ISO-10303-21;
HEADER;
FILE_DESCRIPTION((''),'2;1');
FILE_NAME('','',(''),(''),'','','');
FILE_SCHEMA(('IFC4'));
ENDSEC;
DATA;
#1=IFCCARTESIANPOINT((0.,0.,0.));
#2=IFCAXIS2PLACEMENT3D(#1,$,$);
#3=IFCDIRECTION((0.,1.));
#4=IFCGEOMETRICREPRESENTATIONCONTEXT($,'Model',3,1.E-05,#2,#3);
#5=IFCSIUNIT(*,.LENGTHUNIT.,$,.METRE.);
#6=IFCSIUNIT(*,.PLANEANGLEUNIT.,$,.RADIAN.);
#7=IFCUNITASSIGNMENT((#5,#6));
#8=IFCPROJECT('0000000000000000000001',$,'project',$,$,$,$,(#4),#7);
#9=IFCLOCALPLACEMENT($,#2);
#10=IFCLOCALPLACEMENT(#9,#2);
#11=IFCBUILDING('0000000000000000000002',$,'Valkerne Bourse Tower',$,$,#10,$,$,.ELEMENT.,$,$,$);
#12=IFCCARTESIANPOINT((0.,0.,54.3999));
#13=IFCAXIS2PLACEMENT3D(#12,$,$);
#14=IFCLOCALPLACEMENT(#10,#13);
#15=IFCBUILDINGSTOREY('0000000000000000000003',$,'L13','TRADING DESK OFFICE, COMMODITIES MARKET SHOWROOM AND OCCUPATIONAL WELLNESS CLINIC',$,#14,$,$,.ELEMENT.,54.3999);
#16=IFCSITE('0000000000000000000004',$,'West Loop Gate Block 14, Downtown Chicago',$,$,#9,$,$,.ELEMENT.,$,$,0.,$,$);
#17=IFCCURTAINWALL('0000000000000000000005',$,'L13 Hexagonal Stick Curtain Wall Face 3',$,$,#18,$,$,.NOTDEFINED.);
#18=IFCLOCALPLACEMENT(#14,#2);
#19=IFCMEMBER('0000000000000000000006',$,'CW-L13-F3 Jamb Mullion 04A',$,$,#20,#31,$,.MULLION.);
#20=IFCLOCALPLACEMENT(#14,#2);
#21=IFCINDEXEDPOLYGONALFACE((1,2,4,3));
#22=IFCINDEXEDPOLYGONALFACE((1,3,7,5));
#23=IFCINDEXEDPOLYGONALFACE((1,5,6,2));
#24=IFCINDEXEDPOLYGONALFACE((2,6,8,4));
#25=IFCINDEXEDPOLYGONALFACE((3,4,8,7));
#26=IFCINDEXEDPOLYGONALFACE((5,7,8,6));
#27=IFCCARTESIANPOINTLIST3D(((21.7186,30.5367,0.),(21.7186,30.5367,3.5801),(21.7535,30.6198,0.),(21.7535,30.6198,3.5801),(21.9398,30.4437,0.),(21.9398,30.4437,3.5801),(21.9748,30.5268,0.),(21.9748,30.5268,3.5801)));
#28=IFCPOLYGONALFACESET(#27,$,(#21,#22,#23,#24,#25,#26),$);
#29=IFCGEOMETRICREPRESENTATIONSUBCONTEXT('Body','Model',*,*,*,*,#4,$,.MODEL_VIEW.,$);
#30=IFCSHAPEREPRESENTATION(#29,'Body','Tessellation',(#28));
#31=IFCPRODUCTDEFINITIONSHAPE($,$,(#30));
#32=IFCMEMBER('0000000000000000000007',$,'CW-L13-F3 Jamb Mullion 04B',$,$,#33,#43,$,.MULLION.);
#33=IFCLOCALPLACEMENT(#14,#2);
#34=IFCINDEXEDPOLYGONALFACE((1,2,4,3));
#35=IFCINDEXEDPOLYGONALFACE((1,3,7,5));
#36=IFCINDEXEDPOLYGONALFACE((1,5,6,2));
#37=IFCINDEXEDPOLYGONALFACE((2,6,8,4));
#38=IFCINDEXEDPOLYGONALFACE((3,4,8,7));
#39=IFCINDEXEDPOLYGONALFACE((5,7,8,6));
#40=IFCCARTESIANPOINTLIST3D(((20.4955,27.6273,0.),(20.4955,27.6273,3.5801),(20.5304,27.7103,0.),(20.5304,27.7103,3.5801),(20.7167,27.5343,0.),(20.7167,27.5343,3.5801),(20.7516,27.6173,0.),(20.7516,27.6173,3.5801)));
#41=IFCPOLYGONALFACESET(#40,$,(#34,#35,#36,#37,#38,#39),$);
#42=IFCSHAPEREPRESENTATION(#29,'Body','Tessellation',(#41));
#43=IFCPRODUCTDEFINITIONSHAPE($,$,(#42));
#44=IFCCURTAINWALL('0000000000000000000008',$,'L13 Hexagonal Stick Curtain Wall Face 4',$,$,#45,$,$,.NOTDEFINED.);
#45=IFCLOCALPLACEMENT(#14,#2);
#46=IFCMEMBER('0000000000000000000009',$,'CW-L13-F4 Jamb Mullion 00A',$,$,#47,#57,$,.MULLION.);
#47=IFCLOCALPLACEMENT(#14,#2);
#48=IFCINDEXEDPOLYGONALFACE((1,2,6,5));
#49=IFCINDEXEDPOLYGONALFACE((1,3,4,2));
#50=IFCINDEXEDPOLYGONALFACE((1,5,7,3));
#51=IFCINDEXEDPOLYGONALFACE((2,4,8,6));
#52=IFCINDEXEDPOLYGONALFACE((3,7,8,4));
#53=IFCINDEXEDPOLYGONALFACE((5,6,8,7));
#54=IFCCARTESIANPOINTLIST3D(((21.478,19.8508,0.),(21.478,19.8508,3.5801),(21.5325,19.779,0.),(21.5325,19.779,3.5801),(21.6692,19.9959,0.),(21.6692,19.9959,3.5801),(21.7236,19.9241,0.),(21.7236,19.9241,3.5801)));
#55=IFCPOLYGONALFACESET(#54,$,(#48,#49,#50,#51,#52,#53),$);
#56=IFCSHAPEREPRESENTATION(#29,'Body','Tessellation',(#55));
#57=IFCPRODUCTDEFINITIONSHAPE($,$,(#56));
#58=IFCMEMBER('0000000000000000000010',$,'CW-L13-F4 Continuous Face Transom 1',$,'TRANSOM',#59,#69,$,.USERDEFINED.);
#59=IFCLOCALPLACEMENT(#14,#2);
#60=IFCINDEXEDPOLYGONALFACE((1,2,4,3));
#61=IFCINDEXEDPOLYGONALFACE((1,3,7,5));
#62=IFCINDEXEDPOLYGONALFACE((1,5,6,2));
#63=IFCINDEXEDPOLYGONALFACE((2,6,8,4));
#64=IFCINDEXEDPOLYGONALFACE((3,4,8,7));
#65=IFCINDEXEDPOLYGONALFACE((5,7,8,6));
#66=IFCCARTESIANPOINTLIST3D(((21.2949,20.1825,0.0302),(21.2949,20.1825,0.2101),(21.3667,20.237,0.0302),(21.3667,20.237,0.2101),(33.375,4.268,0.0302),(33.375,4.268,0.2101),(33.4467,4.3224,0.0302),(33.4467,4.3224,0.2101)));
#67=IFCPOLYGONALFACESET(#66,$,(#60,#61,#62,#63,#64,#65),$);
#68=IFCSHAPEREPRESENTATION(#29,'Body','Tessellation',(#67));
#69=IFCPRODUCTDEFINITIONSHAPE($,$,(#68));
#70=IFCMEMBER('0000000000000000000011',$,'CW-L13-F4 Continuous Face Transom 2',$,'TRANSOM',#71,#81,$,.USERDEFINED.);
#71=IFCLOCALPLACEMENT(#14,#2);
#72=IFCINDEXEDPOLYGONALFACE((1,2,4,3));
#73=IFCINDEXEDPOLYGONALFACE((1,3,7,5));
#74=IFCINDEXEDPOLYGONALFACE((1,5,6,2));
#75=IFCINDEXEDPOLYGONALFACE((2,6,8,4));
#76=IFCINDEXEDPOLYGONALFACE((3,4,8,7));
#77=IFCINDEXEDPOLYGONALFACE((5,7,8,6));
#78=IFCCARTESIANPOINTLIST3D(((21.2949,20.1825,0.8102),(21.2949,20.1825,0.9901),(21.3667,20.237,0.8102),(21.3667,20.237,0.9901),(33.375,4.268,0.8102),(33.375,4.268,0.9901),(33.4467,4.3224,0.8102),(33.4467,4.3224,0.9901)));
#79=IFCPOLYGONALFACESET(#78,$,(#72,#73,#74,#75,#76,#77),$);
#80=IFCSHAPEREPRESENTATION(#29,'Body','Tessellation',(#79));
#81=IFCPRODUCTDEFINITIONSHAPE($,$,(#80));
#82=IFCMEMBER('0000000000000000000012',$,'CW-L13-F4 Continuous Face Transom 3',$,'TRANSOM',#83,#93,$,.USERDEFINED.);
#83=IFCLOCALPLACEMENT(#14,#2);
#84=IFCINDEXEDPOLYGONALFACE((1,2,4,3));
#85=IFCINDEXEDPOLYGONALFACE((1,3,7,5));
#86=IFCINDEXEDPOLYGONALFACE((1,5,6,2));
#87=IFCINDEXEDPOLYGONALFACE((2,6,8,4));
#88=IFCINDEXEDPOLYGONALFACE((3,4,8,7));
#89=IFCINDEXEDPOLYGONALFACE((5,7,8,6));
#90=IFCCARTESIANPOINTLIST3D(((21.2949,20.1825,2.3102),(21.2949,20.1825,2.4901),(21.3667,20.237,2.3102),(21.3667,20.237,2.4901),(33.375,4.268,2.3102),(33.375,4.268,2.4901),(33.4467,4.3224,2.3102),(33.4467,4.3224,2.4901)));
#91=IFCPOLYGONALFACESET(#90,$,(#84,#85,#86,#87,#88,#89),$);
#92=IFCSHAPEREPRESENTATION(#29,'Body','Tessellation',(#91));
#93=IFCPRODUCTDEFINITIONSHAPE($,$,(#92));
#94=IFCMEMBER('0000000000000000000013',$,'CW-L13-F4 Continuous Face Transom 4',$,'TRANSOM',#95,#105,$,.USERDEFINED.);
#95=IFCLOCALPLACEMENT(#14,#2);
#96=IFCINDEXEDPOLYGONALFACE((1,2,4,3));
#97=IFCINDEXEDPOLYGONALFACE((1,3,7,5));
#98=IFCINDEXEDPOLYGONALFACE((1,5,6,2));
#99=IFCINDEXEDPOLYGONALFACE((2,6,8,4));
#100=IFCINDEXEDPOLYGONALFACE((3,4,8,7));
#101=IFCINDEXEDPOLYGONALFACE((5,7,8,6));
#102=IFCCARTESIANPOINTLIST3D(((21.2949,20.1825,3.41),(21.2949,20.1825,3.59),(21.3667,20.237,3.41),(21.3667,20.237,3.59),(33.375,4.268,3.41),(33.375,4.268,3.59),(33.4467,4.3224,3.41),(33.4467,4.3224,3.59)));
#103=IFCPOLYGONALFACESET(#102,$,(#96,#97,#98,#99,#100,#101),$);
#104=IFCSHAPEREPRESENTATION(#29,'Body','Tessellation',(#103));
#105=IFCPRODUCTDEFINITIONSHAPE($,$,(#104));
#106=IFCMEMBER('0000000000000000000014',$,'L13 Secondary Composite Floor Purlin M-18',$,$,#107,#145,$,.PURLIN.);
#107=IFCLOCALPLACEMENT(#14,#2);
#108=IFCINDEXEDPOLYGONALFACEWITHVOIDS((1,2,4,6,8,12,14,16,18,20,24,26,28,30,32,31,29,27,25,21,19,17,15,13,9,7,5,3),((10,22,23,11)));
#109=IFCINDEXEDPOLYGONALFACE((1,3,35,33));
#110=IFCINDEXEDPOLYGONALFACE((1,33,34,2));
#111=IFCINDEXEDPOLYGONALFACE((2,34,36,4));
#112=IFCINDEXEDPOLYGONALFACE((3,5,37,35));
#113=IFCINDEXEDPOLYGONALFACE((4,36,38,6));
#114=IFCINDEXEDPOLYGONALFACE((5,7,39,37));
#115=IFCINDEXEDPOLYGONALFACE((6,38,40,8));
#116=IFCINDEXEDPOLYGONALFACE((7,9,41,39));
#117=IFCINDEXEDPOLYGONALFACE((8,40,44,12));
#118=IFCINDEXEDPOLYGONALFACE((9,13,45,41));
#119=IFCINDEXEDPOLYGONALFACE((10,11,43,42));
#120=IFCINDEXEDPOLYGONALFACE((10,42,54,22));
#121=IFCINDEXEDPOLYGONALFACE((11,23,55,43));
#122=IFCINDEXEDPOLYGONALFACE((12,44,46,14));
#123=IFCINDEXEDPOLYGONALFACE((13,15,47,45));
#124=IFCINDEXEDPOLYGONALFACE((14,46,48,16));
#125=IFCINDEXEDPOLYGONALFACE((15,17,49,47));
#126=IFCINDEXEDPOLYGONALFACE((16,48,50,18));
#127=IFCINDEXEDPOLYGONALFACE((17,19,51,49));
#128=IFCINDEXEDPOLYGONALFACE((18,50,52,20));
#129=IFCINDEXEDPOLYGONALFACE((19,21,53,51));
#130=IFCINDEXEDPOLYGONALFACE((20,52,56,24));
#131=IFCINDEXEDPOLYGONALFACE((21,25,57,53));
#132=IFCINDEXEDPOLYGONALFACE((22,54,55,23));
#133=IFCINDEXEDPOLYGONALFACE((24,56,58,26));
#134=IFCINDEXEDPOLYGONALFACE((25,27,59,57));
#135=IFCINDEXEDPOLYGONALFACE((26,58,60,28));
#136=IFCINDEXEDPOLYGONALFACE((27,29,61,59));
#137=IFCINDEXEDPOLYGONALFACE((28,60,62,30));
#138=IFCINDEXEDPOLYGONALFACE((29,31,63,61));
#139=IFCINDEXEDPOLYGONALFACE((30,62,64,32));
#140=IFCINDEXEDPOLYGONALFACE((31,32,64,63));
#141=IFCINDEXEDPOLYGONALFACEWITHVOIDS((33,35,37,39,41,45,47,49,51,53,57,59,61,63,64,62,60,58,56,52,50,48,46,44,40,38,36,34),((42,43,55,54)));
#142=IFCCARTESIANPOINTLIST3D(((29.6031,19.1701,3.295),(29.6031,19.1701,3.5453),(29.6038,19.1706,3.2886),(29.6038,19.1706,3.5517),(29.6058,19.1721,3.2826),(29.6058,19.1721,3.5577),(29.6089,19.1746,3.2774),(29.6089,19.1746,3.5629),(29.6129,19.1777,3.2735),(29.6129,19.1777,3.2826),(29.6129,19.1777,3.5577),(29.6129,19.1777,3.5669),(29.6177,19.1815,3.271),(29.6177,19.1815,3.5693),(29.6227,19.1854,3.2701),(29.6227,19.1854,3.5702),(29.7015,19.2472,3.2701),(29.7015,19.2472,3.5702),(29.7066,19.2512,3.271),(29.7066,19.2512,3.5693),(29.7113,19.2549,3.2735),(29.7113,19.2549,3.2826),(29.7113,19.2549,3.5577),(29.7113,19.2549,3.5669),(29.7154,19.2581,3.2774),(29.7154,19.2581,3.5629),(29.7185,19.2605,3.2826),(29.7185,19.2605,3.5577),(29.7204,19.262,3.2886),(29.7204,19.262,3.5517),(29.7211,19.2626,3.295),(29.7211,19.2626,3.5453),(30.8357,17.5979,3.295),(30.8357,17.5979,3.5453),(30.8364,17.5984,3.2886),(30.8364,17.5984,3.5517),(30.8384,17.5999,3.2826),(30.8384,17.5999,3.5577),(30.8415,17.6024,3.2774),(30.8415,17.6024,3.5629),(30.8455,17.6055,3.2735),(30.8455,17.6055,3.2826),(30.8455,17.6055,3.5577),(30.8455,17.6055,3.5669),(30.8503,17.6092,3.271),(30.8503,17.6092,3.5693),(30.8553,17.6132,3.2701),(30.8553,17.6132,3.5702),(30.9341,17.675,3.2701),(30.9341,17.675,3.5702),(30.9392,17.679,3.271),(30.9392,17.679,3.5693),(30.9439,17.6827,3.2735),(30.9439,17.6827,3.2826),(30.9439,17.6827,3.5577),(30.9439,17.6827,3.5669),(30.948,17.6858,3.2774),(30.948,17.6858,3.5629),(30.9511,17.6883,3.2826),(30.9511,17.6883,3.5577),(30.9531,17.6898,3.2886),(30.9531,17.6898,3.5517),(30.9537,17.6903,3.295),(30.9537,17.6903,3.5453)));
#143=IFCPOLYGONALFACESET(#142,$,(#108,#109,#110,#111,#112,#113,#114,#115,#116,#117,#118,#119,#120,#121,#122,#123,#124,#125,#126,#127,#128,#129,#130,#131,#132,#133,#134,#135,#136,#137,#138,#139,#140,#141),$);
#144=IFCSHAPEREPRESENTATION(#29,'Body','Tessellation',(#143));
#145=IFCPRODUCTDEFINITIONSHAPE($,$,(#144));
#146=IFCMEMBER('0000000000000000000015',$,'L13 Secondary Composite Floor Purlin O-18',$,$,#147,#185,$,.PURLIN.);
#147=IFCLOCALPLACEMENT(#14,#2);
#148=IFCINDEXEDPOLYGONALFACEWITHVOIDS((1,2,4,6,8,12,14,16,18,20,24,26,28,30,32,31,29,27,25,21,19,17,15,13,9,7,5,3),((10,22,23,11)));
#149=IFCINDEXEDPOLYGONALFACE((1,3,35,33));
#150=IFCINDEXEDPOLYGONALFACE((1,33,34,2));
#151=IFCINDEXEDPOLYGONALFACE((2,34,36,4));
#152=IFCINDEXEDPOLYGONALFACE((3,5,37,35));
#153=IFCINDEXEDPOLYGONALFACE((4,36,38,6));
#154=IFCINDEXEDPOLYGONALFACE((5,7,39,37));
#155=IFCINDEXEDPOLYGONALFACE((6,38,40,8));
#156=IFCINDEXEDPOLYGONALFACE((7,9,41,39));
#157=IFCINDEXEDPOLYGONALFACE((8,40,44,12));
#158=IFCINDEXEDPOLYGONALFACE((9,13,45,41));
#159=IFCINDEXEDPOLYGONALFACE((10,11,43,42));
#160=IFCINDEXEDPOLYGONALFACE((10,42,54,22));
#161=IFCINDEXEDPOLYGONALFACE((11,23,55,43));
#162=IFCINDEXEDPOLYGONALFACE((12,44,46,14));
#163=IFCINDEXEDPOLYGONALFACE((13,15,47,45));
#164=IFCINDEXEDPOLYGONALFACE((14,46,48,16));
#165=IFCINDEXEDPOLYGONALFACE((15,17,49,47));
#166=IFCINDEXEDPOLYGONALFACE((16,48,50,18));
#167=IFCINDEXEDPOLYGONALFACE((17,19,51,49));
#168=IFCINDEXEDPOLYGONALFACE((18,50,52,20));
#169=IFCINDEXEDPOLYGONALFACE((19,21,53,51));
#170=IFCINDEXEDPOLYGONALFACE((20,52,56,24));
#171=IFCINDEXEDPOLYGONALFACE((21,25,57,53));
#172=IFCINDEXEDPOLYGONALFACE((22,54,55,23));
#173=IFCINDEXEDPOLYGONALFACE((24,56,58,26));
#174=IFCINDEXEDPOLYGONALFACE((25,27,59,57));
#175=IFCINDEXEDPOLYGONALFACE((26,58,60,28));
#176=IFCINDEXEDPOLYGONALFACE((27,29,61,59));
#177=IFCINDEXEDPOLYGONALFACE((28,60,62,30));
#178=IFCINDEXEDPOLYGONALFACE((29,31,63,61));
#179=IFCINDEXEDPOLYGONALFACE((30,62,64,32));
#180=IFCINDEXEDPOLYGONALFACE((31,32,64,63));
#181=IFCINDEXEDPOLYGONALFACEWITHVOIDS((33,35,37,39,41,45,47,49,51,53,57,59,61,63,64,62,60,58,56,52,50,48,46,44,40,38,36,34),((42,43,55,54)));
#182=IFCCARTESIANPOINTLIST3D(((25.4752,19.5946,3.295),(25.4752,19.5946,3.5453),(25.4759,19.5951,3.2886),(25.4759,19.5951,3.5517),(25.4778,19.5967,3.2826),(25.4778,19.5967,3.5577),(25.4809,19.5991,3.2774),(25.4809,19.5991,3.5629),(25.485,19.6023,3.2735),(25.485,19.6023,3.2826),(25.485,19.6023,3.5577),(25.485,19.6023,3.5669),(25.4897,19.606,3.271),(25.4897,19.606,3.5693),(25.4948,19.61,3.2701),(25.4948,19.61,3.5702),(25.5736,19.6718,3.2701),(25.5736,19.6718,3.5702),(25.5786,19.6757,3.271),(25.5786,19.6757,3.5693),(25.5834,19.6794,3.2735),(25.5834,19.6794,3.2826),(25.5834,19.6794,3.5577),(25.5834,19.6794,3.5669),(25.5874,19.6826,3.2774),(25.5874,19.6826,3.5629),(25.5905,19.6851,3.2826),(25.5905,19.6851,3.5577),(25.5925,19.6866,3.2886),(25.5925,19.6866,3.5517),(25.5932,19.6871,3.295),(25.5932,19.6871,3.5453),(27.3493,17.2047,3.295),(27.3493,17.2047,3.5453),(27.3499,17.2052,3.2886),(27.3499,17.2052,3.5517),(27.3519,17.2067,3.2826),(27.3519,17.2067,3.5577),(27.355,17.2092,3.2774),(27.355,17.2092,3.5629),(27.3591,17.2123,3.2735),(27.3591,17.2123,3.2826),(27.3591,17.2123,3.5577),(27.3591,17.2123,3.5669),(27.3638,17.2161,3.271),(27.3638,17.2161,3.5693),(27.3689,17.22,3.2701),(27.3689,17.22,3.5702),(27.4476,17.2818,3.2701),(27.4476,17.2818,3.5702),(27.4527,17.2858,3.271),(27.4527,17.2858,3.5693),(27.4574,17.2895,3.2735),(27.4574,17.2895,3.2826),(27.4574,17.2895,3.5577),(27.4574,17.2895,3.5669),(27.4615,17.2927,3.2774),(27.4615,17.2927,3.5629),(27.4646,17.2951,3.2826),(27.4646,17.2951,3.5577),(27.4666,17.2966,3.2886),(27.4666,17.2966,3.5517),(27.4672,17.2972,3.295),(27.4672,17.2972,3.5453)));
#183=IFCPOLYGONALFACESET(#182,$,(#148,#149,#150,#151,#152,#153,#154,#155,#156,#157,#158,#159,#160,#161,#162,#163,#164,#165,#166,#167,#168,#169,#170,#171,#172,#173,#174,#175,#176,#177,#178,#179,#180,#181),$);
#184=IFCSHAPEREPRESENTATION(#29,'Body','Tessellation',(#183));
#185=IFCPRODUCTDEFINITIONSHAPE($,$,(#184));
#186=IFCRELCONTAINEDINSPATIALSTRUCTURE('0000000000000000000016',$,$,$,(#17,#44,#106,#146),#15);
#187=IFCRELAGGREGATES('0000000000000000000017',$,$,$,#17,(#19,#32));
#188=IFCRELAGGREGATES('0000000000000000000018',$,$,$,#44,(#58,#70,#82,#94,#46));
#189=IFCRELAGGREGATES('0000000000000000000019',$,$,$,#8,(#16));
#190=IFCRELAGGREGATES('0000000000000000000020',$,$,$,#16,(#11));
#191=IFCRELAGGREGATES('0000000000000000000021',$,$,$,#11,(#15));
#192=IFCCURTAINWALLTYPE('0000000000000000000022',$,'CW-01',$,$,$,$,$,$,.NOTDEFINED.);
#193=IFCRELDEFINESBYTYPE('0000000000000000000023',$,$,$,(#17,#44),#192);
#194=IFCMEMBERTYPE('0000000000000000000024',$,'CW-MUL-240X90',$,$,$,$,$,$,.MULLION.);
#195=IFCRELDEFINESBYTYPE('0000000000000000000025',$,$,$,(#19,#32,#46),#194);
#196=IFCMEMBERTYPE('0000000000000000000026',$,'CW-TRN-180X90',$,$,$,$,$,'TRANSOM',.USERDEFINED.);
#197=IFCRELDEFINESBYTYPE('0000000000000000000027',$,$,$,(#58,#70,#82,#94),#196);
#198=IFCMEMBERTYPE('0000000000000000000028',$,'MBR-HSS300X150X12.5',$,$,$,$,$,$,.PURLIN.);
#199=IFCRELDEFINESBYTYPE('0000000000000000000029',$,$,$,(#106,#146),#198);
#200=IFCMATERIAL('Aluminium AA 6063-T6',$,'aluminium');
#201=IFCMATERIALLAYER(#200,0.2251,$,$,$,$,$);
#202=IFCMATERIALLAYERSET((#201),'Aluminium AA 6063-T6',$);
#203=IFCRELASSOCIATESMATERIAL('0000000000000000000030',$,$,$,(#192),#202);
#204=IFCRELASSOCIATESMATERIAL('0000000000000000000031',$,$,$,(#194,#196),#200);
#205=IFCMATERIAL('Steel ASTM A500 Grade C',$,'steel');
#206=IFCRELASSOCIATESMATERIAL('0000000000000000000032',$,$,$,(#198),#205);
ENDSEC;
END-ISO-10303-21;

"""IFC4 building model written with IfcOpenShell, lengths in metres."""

from ifc_helpers import new_model, si_unit, direction, frame, origin, origin_2d, place, context, subcontext, project, spatial, rectangle, hollow_rectangle, extrude, material, layer, layer_set, material_profile, profile_set, type_object, element, aggregate, save


model = new_model("IFC4")

# Units and contexts
model_context = context("Model", 3, precision=1e-05, world=origin(), true_north=direction((0.0, 1.0)))
body_context = subcontext(model_context, "Body", "Model", "MODEL_VIEW")
ifc_project = project(units=[si_unit("LENGTHUNIT", "METRE"), si_unit("PLANEANGLEUNIT", "RADIAN")], contexts=[model_context])

# Site, building, storey
site_placement = place(None, origin())
site = spatial("IfcSite", under=ifc_project, at=site_placement, Name="West Loop Gate Block 14, Downtown Chicago", CompositionType="ELEMENT", RefElevation=0.0)
building_placement = place(site_placement, origin())
building = spatial("IfcBuilding", under=site, at=building_placement, Name="Valkerne Bourse Tower", CompositionType="ELEMENT")
storey_placement = place(building_placement, frame((0.0, 0.0, 54.3999)))
storey = spatial("IfcBuildingStorey", under=building, at=storey_placement, Name="L13", Description="TRADING DESK OFFICE, COMMODITIES MARKET SHOWROOM AND OCCUPATIONAL WELLNESS CLINIC", CompositionType="ELEMENT", Elevation=54.3999)

# Curtain walls, members
ifc_material_1 = material(Name="Aluminium AA 6063-T6", Category="aluminium")
ifc_layer_1 = layer(ifc_material_1, 0.2251)
ifc_layer_set_1 = layer_set([ifc_layer_1], Name="Aluminium AA 6063-T6")
curtain_wall_type = type_object("IfcCurtainWallType", Name="CW-01", PredefinedType="NOTDEFINED", material=ifc_layer_set_1)
curtain_wall_1_placement = place(storey_placement, origin())
curtain_wall_1 = element("IfcCurtainWall", 1, at=curtain_wall_1_placement, inside=storey, type_object=curtain_wall_type, Name="L13 Hexagonal Stick Curtain Wall Face 3", PredefinedType="NOTDEFINED")
ifc_material_profile_1 = material_profile(ifc_material_1, rectangle(XDim=0.0901, YDim=0.24, at=origin_2d()), Name="CWM-90X240")
ifc_profile_set_1 = profile_set([ifc_material_profile_1], Name="Aluminium AA 6063-T6")
member_type_1 = type_object("IfcMemberType", Name="CW-MUL-240X90", PredefinedType="MULLION", material=ifc_profile_set_1)
member_1_placement = place(storey_placement, frame((21.8467, 30.5317, 0.0), z_axis=(0.0, 0.0, 1.0), x_axis=(-0.38751, -0.921866, 0.0)))
member_1 = element("IfcMember", 2, at=member_1_placement, type_object=member_type_1, Name="CW-L13-F3 Jamb Mullion 04A", PredefinedType="MULLION", context=body_context, shape_type="SweptSolid", body=[
    extrude(rectangle(XDim=0.0901, YDim=0.24, at=origin_2d()), origin(), (0.0, 0.0, 1.0), 3.5801),
])
member_2_placement = place(storey_placement, frame((20.6235, 27.6223, 0.0), z_axis=(0.0, 0.0, 1.0), x_axis=(-0.38751, -0.921866, 0.0)))
member_2 = element("IfcMember", 3, at=member_2_placement, type_object=member_type_1, Name="CW-L13-F3 Jamb Mullion 04B", PredefinedType="MULLION", context=body_context, shape_type="SweptSolid", body=[
    extrude(rectangle(XDim=0.0901, YDim=0.24, at=origin_2d()), origin(), (0.0, 0.0, 1.0), 3.5801),
])
curtain_wall_2_placement = place(storey_placement, origin())
curtain_wall_2 = element("IfcCurtainWall", 4, at=curtain_wall_2_placement, inside=storey, type_object=curtain_wall_type, Name="L13 Hexagonal Stick Curtain Wall Face 4", PredefinedType="NOTDEFINED")
member_3_placement = place(storey_placement, frame((21.6008, 19.8875, 0.0), z_axis=(0.0, 0.0, 1.0), x_axis=(0.604607, -0.796524, 0.0)))
member_3 = element("IfcMember", 5, at=member_3_placement, type_object=member_type_1, Name="CW-L13-F4 Jamb Mullion 00A", PredefinedType="MULLION", context=body_context, shape_type="SweptSolid", body=[
    extrude(rectangle(XDim=0.0901, YDim=0.24, at=origin_2d()), origin(), (0.0, 0.0, 1.0), 3.5801),
])
ifc_material_profile_2 = material_profile(ifc_material_1, rectangle(XDim=0.0901, YDim=0.1799, at=origin_2d()), Name="CWT-90X180")
ifc_profile_set_2 = profile_set([ifc_material_profile_2], Name="Aluminium AA 6063-T6")
member_type_2 = type_object("IfcMemberType", Name="CW-TRN-180X90", ElementType="TRANSOM", PredefinedType="USERDEFINED", material=ifc_profile_set_2)
member_4_placement = place(storey_placement, frame((21.3308, 20.2097, 0.1201), z_axis=(0.604608, -0.796523, 0.0), x_axis=(0.796523, 0.604608, 0.0)))
member_4 = element("IfcMember", 6, at=member_4_placement, type_object=member_type_2, Name="CW-L13-F4 Continuous Face Transom 1", ObjectType="TRANSOM", PredefinedType="USERDEFINED", context=body_context, shape_type="SweptSolid", body=[
    extrude(rectangle(XDim=0.0901, YDim=0.1799, at=origin_2d()), origin(), (0.0, 0.0, 1.0), 19.98),
])
member_5_placement = place(storey_placement, frame((21.3308, 20.2097, 0.9001), z_axis=(0.604608, -0.796523, 0.0), x_axis=(0.796523, 0.604608, 0.0)))
member_5 = element("IfcMember", 7, at=member_5_placement, type_object=member_type_2, Name="CW-L13-F4 Continuous Face Transom 2", ObjectType="TRANSOM", PredefinedType="USERDEFINED", context=body_context, shape_type="SweptSolid", body=[
    extrude(rectangle(XDim=0.0901, YDim=0.1799, at=origin_2d()), origin(), (0.0, 0.0, 1.0), 19.98),
])
member_6_placement = place(storey_placement, frame((21.3308, 20.2097, 2.4001), z_axis=(0.604608, -0.796523, 0.0), x_axis=(0.796523, 0.604608, 0.0)))
member_6 = element("IfcMember", 8, at=member_6_placement, type_object=member_type_2, Name="CW-L13-F4 Continuous Face Transom 3", ObjectType="TRANSOM", PredefinedType="USERDEFINED", context=body_context, shape_type="SweptSolid", body=[
    extrude(rectangle(XDim=0.0901, YDim=0.1799, at=origin_2d()), origin(), (0.0, 0.0, 1.0), 19.98),
])
member_7_placement = place(storey_placement, frame((21.3308, 20.2097, 3.5), z_axis=(0.604608, -0.796523, 0.0), x_axis=(0.796523, 0.604608, 0.0)))
member_7 = element("IfcMember", 9, at=member_7_placement, type_object=member_type_2, Name="CW-L13-F4 Continuous Face Transom 4", ObjectType="TRANSOM", PredefinedType="USERDEFINED", context=body_context, shape_type="SweptSolid", body=[
    extrude(rectangle(XDim=0.0901, YDim=0.1799, at=origin_2d()), origin(), (0.0, 0.0, 1.0), 19.98),
])

# Members
ifc_material_2 = material(Name="Steel ASTM A500 Grade C", Category="steel")
ifc_material_profile_3 = material_profile(ifc_material_2, hollow_rectangle(XDim=0.1499, YDim=0.3, WallThickness=0.0125, OuterFilletRadius=0.0249, at=origin_2d()), Name="HSS300X150X12.5")
ifc_profile_set_3 = profile_set([ifc_material_profile_3], Name="Steel ASTM A500 Grade C")
member_type_3 = type_object("IfcMemberType", Name="MBR-HSS300X150X12.5", PredefinedType="PURLIN", material=ifc_profile_set_3)
member_8_placement = place(storey_placement, frame((29.6621, 19.2163, 3.4202), z_axis=(0.61699, -0.786971, 0.0), x_axis=(0.786971, 0.61699, 0.0)))
element("IfcMember", 10, at=member_8_placement, inside=storey, type_object=member_type_3, Name="L13 Secondary Composite Floor Purlin M-18", PredefinedType="PURLIN", context=body_context, shape_type="SweptSolid", body=[
    extrude(hollow_rectangle(XDim=0.1499, YDim=0.3, WallThickness=0.0125, OuterFilletRadius=0.0249, at=origin_2d()), origin(), (0.0, 0.0, 1.0), 1.9978),
])
member_9_placement = place(storey_placement, frame((25.5342, 19.6409, 3.4202), z_axis=(0.617058, -0.786918, 0.0), x_axis=(0.786918, 0.617058, 0.0)))
element("IfcMember", 11, at=member_9_placement, inside=storey, type_object=member_type_3, Name="L13 Secondary Composite Floor Purlin O-18", PredefinedType="PURLIN", context=body_context, shape_type="SweptSolid", body=[
    extrude(hollow_rectangle(XDim=0.1499, YDim=0.3, WallThickness=0.0125, OuterFilletRadius=0.0249, at=origin_2d()), origin(), (0.0, 0.0, 1.0), 3.0371),
])

aggregate(curtain_wall_1, [member_1, member_2])
aggregate(curtain_wall_2, [member_4, member_5, member_6, member_7, member_3])

save(model, "model.ifc")
